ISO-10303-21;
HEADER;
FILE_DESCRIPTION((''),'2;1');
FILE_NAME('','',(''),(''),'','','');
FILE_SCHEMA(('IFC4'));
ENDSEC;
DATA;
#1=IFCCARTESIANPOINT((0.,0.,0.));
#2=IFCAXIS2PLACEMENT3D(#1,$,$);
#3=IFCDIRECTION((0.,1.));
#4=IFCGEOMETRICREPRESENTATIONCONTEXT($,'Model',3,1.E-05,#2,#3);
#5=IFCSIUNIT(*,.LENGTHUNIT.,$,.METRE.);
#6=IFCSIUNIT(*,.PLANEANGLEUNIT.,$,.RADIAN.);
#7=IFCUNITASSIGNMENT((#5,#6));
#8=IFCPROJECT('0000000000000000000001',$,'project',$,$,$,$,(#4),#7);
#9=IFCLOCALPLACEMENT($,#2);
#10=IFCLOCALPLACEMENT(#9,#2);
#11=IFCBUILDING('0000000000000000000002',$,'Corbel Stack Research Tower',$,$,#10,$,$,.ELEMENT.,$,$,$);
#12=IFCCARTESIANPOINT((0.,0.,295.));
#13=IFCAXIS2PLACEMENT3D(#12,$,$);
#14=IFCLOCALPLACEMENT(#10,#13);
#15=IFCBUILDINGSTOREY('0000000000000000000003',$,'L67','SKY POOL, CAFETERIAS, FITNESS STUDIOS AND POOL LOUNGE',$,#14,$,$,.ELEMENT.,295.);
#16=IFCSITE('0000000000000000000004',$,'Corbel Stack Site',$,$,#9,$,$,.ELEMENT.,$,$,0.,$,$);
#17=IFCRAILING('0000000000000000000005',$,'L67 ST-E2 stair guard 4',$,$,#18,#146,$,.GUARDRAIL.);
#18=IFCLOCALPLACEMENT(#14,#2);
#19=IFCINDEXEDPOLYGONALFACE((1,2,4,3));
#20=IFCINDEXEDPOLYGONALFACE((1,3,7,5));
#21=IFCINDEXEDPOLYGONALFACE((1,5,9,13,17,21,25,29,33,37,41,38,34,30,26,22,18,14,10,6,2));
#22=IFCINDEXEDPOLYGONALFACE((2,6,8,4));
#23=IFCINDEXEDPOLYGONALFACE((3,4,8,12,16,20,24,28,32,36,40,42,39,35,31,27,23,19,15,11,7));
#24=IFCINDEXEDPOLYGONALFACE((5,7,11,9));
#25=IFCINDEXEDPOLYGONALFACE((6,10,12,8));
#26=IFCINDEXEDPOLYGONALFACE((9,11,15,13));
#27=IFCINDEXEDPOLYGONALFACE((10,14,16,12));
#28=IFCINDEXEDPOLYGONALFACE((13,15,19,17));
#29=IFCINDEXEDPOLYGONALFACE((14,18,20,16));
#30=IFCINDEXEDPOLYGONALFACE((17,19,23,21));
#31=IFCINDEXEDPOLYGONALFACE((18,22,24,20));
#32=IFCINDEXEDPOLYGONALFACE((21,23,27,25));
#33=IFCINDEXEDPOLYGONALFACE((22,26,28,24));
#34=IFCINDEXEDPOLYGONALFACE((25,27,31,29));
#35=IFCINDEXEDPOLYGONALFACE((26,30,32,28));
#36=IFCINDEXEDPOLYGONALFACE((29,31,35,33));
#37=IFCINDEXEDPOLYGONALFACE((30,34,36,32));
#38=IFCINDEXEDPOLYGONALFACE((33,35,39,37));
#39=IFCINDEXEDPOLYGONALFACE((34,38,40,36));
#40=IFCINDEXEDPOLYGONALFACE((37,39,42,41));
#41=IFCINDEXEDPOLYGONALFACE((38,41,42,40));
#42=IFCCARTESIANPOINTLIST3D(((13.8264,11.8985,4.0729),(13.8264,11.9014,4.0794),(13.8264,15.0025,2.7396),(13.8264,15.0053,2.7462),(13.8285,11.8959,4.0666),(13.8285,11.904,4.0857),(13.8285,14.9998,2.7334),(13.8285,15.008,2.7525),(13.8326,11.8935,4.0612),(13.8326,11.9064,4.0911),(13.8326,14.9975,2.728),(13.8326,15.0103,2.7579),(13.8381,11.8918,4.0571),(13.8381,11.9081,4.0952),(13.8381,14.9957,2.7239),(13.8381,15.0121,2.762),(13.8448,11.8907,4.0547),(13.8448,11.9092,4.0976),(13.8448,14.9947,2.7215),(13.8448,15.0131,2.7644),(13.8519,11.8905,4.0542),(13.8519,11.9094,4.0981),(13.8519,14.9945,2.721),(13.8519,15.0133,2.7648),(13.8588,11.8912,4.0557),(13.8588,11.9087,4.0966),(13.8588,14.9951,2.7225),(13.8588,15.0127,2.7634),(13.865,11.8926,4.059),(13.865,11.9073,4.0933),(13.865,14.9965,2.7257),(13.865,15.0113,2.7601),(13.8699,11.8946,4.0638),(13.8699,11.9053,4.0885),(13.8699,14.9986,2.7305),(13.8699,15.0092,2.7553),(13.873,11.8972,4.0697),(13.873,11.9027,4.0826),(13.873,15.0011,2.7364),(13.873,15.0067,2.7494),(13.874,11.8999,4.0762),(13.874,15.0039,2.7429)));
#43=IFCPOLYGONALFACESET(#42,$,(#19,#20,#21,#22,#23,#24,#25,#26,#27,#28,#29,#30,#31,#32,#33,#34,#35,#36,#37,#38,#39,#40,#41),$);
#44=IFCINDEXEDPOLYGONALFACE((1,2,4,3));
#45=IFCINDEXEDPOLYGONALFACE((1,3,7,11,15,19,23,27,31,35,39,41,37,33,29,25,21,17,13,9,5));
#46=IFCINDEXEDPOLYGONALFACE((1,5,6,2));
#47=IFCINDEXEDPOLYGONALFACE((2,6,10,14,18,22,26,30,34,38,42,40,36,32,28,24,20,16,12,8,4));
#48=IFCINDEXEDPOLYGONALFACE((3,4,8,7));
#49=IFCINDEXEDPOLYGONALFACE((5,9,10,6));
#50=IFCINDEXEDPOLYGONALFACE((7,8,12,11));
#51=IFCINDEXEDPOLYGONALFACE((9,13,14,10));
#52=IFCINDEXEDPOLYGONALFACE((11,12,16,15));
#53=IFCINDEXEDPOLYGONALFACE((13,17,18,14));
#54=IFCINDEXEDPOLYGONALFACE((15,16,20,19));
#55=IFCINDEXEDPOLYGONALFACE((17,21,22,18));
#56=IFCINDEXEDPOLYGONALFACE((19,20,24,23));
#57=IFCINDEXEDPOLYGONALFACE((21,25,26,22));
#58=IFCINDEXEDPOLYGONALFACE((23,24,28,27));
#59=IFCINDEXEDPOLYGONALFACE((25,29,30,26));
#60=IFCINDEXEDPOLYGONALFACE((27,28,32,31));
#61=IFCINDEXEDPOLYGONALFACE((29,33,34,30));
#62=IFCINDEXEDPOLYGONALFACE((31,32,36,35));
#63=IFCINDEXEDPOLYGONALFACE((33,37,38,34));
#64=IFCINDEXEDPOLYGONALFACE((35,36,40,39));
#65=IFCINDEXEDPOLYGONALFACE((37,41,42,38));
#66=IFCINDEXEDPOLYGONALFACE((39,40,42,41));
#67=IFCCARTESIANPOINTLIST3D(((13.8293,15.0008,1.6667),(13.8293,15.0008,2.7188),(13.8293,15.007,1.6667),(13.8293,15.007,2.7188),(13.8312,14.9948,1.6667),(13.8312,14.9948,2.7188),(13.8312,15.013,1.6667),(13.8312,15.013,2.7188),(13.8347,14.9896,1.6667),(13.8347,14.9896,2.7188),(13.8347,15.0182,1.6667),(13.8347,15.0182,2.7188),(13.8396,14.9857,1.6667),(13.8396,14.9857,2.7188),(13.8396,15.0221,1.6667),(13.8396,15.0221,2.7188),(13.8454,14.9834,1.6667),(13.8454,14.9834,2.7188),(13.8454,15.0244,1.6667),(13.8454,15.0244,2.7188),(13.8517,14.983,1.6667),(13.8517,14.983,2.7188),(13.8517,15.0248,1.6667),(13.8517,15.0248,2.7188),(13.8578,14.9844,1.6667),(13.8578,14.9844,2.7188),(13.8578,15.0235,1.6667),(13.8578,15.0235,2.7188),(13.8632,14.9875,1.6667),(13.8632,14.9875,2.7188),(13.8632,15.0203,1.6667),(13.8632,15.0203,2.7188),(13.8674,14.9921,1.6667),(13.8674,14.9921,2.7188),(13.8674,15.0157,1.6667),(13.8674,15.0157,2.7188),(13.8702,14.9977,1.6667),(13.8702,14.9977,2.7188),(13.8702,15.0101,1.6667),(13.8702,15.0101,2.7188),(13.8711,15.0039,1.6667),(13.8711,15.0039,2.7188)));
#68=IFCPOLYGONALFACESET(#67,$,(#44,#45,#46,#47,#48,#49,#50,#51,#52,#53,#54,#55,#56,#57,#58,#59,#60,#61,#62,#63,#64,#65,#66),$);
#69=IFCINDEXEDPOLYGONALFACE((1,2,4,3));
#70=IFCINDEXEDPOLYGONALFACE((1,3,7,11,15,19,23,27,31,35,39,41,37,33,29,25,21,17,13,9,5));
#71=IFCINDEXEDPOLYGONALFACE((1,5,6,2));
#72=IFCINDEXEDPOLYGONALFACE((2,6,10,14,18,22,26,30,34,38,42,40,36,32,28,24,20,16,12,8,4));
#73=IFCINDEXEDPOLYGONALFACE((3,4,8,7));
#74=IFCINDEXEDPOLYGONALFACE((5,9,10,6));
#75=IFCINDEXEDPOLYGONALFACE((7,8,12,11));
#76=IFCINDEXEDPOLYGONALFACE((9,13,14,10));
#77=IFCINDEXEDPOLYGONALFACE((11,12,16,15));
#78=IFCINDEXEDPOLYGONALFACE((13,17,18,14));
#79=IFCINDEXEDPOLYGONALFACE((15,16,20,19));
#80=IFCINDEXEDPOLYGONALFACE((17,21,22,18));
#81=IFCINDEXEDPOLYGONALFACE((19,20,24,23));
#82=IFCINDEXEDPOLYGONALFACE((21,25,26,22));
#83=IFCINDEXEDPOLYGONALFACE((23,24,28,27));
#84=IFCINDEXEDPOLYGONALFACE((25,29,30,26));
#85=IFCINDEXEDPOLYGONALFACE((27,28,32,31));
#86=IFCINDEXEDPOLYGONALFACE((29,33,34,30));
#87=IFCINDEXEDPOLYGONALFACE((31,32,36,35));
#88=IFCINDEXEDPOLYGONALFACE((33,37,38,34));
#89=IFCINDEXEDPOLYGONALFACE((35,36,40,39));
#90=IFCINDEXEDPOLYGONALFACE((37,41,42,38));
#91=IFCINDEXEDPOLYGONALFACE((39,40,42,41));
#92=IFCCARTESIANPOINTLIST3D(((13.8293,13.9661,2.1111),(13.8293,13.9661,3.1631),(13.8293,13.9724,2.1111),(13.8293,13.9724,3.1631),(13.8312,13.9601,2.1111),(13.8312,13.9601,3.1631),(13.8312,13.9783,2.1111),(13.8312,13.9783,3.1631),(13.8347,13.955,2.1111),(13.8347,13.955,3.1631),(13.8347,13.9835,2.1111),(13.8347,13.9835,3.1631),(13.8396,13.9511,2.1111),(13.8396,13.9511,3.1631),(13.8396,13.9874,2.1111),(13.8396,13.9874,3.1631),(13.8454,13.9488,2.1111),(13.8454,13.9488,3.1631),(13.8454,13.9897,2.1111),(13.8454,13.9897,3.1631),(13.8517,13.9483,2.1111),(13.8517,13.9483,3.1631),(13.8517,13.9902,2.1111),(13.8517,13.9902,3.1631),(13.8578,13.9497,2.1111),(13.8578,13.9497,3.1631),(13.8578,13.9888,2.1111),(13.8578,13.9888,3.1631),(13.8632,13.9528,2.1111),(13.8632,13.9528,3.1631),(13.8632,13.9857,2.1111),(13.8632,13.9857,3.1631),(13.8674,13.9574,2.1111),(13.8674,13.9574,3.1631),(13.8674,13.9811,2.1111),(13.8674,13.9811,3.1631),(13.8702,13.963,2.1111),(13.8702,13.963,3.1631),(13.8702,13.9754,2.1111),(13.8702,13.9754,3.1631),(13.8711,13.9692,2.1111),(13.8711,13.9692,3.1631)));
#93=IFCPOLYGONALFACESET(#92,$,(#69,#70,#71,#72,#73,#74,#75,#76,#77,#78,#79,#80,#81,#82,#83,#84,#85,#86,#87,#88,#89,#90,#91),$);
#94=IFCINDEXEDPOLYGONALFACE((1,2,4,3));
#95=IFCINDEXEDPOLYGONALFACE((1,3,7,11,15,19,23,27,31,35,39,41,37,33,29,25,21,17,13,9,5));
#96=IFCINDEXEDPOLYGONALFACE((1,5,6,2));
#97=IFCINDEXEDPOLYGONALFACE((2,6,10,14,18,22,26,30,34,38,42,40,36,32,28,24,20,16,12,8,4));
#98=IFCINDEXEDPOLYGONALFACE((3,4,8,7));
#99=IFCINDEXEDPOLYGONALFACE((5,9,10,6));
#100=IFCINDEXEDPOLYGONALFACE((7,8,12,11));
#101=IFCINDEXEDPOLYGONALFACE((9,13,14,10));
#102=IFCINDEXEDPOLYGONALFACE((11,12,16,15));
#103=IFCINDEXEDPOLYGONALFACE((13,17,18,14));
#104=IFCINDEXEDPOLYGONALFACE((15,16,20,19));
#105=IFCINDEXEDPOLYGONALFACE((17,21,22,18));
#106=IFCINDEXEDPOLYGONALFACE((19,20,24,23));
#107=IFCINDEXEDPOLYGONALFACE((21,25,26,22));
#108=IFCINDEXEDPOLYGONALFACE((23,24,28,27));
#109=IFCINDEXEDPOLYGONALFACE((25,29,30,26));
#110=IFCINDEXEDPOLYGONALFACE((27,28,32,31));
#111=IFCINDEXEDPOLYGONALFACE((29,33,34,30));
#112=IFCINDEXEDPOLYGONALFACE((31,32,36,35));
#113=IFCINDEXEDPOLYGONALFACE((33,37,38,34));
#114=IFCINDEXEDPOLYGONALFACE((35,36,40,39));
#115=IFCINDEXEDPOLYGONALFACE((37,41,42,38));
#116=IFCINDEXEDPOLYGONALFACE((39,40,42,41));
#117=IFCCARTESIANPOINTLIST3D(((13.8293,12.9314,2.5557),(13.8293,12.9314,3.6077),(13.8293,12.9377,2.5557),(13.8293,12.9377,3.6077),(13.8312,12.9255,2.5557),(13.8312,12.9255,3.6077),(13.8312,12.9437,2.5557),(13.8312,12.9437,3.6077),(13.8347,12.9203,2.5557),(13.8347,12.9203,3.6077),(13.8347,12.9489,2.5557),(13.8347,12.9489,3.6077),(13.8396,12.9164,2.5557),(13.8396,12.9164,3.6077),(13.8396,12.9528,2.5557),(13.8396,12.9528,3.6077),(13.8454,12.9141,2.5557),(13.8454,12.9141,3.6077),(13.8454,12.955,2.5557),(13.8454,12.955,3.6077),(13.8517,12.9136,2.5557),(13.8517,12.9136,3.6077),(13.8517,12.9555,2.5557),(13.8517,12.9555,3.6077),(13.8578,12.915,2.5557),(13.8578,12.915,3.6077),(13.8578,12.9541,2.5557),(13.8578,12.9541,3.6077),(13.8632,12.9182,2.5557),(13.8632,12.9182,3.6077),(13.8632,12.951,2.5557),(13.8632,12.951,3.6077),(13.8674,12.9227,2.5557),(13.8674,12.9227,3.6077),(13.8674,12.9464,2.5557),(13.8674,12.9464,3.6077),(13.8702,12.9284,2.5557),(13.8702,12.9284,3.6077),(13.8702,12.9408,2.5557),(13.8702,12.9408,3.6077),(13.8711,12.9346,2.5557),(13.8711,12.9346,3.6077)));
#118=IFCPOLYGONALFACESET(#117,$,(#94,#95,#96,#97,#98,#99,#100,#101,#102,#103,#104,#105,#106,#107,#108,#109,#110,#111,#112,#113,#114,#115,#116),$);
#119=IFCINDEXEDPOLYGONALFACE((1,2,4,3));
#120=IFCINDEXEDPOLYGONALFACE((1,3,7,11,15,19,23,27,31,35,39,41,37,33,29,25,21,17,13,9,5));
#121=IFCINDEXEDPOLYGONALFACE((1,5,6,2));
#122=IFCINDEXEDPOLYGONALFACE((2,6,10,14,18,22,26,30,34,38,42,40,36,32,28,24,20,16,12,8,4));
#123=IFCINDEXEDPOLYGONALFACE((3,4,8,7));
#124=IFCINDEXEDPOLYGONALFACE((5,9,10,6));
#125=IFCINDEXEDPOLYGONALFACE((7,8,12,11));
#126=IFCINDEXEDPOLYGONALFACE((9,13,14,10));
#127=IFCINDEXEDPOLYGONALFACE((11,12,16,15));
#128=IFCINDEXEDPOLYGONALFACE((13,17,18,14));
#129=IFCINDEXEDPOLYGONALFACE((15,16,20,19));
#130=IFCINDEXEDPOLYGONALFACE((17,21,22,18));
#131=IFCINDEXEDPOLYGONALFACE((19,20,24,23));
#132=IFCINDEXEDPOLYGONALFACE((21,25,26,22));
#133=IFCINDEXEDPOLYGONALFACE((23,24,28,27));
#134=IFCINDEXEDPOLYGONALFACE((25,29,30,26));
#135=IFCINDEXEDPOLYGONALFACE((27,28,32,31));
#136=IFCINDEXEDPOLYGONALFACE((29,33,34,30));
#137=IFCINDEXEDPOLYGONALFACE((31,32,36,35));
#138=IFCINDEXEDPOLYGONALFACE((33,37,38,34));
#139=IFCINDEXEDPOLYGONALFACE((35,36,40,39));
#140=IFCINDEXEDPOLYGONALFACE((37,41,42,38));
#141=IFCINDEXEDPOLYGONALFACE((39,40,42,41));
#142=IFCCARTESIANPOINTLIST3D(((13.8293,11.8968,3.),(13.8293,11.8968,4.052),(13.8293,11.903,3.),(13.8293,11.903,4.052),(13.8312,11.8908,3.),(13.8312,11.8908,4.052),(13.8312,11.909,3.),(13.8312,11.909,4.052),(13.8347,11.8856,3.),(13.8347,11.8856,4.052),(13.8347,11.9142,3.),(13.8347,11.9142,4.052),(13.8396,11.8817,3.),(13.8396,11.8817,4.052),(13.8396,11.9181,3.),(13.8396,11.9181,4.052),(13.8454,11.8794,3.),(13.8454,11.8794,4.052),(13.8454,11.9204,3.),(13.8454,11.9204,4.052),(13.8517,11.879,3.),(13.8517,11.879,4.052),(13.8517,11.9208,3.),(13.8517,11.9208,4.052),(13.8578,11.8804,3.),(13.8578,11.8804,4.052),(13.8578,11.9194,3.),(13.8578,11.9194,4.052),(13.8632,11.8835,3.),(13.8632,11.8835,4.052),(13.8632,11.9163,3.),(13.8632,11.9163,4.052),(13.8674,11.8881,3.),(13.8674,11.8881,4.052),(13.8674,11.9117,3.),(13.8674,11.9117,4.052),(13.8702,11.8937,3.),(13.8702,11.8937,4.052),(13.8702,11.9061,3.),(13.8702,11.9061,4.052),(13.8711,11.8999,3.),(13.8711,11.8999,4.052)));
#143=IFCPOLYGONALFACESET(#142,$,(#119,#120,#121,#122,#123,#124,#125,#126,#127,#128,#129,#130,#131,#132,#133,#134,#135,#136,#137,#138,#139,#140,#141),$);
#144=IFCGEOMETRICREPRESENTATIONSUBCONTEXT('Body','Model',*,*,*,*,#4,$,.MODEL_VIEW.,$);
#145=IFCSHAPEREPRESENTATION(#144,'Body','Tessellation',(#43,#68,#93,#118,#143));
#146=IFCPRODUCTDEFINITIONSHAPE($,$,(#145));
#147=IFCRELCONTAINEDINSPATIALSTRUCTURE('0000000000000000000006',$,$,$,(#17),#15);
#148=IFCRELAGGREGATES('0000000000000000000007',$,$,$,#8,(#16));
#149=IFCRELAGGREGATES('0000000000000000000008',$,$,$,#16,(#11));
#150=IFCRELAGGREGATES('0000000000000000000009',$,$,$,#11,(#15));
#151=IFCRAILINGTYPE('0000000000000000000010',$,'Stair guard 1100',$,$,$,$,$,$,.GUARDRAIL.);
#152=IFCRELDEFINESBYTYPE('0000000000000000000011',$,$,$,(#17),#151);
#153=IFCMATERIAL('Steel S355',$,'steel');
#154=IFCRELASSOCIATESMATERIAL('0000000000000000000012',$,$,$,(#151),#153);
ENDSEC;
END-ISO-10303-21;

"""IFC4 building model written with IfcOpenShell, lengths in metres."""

from ifc_helpers import new_model, si_unit, direction, frame, origin, origin_2d, place, context, subcontext, project, spatial, circle, extrude, material, type_object, element, save


model = new_model("IFC4")

# Units and contexts
model_context = context("Model", 3, precision=1e-05, world=origin(), true_north=direction((0.0, 1.0)))
body_context = subcontext(model_context, "Body", "Model", "MODEL_VIEW")
ifc_project = project(units=[si_unit("LENGTHUNIT", "METRE"), si_unit("PLANEANGLEUNIT", "RADIAN")], contexts=[model_context])

# Site, building, storey
site_placement = place(None, origin())
site = spatial("IfcSite", under=ifc_project, at=site_placement, Name="Corbel Stack Site", CompositionType="ELEMENT", RefElevation=0.0)
building_placement = place(site_placement, origin())
building = spatial("IfcBuilding", under=site, at=building_placement, Name="Corbel Stack Research Tower", CompositionType="ELEMENT")
storey_placement = place(building_placement, frame((0.0, 0.0, 295.0)))
storey = spatial("IfcBuildingStorey", under=building, at=storey_placement, Name="L67", Description="SKY POOL, CAFETERIAS, FITNESS STUDIOS AND POOL LOUNGE", CompositionType="ELEMENT", Elevation=295.0)

# Railing
ifc_material_1 = material(Name="Steel S355", Category="steel")
railing_type_1 = type_object("IfcRailingType", Name="Stair guard 1100", PredefinedType="GUARDRAIL", material=ifc_material_1)
railing_1_placement = place(storey_placement, frame((13.8501, 15.0039, 1.6667)))
element("IfcRailing", 1, at=railing_1_placement, inside=storey, type_object=railing_type_1, Name="L67 ST-E2 stair guard 4", PredefinedType="GUARDRAIL", context=body_context, shape_type="SweptSolid", body=[
    extrude(circle(Radius=0.0239, at=origin_2d()), frame((0.0, 0.0, 1.0762), z_axis=(0.0, -0.918827, 0.394661), x_axis=(1.0, 0.0, 0.0)), (0.0, 0.0, 1.0), 3.3782),
    extrude(circle(Radius=0.021, at=origin_2d()), origin(), (0.0, 0.0, 1.0), 1.052),
    extrude(circle(Radius=0.021, at=origin_2d()), frame((0.0, -1.0347, 0.4443)), (0.0, 0.0, 1.0), 1.052),
    extrude(circle(Radius=0.021, at=origin_2d()), frame((0.0, -2.0693, 0.8889)), (0.0, 0.0, 1.0), 1.052),
    extrude(circle(Radius=0.021, at=origin_2d()), frame((0.0, -3.104, 1.3333)), (0.0, 0.0, 1.0), 1.052),
])

save(model, "model.ifc")
